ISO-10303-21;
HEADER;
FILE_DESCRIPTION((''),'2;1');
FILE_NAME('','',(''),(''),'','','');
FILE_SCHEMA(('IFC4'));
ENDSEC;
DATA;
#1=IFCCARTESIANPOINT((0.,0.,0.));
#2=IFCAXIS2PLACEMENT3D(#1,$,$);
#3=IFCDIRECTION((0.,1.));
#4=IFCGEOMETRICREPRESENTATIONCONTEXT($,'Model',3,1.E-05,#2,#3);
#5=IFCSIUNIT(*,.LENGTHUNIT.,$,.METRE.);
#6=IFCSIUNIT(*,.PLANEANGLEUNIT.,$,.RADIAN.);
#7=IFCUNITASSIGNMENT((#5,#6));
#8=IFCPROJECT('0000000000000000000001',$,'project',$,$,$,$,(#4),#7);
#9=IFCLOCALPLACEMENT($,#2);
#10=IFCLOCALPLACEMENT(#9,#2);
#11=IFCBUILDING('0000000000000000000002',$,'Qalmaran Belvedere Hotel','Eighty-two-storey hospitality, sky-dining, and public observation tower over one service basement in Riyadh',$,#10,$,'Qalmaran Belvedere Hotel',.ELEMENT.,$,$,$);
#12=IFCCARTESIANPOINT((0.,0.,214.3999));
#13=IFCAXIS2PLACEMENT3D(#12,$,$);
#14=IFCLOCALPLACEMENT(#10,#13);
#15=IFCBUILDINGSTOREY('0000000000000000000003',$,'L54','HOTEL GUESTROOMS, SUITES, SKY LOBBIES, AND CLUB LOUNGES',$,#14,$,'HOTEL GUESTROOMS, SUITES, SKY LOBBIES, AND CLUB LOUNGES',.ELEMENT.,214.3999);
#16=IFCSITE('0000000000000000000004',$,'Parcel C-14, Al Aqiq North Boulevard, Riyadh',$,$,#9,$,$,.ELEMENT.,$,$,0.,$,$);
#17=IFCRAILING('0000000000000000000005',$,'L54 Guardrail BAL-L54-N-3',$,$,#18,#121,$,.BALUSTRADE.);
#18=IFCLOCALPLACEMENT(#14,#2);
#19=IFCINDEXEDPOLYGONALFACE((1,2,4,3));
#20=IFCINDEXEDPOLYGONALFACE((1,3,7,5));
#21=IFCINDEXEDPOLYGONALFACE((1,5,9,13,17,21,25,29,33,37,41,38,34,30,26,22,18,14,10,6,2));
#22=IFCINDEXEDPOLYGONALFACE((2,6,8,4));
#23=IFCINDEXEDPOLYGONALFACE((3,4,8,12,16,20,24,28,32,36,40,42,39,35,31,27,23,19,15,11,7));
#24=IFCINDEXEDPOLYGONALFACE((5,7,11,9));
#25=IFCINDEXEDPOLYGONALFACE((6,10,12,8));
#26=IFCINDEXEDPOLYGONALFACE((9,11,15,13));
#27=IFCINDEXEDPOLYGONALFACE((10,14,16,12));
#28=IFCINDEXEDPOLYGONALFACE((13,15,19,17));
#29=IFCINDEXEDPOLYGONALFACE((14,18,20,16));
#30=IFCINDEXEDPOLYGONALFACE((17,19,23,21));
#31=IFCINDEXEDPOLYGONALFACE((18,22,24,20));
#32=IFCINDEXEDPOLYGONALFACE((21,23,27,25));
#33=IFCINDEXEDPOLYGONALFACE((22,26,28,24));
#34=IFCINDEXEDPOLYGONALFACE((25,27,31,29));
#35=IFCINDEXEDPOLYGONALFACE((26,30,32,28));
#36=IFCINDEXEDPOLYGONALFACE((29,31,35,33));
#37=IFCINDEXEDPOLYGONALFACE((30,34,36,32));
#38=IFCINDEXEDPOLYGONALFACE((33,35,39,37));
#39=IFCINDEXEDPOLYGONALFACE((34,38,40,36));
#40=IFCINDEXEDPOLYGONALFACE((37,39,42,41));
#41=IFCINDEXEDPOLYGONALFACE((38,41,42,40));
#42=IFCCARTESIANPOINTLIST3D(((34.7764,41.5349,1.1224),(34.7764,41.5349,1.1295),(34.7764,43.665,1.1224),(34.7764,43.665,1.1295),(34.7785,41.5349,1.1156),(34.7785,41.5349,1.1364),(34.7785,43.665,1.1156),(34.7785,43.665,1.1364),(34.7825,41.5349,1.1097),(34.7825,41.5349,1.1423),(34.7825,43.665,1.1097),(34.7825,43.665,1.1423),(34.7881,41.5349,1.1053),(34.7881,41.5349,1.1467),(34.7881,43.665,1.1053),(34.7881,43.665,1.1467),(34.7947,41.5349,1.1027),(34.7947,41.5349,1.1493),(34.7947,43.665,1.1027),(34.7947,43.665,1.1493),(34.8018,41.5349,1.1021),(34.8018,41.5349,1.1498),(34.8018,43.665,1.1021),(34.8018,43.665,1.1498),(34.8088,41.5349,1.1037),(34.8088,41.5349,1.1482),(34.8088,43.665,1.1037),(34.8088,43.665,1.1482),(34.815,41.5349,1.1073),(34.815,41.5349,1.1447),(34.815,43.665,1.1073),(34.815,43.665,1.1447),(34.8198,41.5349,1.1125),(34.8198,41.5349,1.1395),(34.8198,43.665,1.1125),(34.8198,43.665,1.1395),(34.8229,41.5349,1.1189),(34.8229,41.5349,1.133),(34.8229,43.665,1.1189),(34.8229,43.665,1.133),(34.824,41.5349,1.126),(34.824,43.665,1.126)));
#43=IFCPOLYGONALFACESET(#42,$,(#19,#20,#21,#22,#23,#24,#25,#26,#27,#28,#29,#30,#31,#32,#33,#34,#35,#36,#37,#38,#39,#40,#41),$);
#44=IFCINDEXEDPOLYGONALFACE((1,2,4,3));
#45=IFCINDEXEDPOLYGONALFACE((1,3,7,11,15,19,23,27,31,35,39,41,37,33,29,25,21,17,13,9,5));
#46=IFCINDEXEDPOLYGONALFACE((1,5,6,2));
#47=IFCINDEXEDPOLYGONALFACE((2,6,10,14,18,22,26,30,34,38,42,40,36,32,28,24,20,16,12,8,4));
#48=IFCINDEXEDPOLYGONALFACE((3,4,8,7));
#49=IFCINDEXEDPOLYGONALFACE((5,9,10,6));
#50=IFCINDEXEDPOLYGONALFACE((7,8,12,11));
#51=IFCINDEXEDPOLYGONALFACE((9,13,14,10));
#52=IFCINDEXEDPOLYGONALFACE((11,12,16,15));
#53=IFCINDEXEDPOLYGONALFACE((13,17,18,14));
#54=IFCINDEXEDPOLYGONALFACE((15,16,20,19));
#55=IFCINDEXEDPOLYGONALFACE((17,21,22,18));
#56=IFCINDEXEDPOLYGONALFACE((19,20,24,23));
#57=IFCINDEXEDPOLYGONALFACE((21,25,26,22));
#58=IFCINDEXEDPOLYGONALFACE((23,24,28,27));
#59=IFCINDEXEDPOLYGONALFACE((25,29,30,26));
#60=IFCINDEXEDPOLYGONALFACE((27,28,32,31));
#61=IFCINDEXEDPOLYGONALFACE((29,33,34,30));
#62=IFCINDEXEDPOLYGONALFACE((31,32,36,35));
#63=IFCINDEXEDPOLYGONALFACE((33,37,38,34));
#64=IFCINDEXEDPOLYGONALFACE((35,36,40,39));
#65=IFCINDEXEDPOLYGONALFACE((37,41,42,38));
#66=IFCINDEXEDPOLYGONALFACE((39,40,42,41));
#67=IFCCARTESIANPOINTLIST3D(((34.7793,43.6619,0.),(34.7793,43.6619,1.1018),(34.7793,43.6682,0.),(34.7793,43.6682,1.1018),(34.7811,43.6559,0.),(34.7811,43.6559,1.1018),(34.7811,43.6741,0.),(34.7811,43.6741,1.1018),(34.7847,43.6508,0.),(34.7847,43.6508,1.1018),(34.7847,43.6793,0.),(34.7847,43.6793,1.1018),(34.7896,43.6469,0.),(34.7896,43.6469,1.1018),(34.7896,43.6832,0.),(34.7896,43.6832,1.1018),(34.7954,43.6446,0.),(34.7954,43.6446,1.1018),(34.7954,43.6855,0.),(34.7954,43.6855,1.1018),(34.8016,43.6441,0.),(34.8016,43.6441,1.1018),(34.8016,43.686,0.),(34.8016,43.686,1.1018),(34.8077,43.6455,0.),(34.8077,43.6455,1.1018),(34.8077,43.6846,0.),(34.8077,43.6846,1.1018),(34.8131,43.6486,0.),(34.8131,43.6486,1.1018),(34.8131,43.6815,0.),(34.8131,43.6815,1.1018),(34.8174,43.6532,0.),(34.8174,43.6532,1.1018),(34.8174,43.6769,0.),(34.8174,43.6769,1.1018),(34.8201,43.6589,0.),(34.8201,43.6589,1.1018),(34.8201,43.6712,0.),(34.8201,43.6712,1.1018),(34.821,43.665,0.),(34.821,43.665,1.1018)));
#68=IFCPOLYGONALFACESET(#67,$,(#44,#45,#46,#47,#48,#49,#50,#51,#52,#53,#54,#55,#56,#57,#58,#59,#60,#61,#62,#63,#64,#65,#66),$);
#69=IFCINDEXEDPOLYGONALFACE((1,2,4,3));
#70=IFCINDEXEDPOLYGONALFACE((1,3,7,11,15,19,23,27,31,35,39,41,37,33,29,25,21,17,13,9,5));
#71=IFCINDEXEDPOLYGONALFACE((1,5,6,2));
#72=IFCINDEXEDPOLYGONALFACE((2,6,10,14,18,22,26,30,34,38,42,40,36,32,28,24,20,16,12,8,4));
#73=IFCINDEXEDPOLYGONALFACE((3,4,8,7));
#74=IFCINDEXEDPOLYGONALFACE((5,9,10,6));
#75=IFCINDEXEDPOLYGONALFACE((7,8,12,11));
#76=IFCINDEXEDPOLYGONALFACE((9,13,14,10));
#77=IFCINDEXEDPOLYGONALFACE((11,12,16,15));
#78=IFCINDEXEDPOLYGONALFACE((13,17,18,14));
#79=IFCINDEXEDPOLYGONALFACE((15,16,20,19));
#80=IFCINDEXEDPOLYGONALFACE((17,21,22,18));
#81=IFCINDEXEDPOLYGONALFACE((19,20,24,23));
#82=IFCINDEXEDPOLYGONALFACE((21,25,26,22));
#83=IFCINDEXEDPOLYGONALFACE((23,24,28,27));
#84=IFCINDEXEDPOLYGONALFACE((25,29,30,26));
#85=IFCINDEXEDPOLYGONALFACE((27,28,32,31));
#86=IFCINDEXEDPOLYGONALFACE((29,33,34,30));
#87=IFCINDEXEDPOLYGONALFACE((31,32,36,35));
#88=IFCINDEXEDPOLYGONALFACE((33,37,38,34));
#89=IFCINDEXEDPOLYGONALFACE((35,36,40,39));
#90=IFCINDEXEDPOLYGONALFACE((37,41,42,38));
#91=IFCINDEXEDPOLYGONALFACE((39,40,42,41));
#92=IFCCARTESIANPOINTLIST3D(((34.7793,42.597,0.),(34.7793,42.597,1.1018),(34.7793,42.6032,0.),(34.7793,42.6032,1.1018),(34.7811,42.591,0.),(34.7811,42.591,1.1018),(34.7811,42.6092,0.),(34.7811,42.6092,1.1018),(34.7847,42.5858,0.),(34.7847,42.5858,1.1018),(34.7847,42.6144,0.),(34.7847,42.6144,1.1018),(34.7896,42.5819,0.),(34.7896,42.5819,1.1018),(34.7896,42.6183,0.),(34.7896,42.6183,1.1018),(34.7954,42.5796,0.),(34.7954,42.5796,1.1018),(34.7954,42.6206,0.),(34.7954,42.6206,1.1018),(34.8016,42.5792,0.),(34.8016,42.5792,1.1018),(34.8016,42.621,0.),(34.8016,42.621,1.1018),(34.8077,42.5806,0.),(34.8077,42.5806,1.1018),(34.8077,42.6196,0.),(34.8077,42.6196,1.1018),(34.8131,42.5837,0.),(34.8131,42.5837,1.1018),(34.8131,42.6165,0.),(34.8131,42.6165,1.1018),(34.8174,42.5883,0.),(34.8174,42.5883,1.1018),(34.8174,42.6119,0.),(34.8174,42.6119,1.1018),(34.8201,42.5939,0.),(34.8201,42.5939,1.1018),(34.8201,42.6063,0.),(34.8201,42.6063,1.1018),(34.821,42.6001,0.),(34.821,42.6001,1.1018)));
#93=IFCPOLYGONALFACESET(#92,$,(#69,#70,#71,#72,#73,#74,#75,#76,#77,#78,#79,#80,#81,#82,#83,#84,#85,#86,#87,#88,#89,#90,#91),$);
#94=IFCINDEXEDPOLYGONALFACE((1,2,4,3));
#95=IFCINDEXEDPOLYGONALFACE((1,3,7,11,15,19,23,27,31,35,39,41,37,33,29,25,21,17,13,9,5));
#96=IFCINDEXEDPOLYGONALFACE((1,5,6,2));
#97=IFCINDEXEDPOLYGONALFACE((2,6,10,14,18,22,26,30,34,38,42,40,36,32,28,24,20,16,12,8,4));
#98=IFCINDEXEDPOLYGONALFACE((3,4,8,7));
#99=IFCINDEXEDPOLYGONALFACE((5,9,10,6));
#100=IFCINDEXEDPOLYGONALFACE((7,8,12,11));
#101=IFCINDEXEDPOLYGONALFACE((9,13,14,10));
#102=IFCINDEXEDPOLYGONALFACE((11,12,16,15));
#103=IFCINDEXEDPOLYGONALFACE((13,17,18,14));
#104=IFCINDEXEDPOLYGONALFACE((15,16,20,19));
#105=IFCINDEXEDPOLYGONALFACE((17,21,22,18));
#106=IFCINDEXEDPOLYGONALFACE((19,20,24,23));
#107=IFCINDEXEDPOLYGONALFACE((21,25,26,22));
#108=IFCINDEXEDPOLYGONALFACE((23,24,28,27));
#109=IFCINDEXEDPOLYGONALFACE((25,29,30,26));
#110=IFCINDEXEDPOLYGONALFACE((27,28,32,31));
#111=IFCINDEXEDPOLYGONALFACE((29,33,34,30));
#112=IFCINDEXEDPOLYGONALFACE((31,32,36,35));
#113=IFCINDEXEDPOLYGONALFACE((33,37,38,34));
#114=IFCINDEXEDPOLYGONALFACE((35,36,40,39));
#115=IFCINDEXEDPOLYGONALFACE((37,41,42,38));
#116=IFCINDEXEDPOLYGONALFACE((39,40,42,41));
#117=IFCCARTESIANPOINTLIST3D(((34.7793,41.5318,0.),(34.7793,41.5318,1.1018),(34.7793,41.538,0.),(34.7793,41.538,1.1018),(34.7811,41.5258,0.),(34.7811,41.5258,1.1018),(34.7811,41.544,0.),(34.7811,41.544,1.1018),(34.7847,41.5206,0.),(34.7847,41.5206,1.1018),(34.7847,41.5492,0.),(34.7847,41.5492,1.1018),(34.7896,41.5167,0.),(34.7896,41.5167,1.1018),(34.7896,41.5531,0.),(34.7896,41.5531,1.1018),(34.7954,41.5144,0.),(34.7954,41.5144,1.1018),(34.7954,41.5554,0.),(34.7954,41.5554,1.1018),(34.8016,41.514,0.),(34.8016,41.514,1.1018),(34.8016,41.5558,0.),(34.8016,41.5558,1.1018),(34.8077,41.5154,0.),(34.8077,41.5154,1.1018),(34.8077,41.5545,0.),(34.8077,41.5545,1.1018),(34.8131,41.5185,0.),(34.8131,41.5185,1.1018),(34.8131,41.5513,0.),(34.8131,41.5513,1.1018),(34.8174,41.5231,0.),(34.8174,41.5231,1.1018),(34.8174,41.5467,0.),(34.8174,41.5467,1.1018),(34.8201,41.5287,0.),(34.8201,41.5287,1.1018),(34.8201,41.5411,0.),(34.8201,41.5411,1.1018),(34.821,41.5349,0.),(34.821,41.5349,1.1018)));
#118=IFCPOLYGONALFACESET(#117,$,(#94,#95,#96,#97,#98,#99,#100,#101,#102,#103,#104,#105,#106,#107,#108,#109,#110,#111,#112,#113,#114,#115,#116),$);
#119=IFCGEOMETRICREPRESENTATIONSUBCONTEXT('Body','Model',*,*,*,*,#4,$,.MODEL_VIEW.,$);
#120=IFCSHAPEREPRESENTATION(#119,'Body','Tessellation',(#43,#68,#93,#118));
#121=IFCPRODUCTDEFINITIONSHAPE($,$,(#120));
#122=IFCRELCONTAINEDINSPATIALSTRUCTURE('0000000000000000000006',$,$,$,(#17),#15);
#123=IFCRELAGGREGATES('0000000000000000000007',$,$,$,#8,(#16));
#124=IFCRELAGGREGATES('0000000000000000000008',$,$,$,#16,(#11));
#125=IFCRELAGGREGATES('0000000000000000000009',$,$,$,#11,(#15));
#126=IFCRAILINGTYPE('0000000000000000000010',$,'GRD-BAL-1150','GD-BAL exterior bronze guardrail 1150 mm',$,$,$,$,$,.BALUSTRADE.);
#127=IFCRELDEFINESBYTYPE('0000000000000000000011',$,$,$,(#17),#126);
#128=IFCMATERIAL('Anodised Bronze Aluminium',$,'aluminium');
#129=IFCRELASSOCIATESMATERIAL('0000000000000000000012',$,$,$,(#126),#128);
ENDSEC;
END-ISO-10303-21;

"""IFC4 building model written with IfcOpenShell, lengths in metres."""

from ifc_helpers import new_model, si_unit, direction, frame, origin, origin_2d, place, context, subcontext, project, spatial, circle, extrude, material, type_object, element, save


model = new_model("IFC4")

# Units and contexts
model_context = context("Model", 3, precision=1e-05, world=origin(), true_north=direction((0.0, 1.0)))
body_context = subcontext(model_context, "Body", "Model", "MODEL_VIEW")
ifc_project = project(units=[si_unit("LENGTHUNIT", "METRE"), si_unit("PLANEANGLEUNIT", "RADIAN")], contexts=[model_context])

# Site, building, storey
site_placement = place(None, origin())
site = spatial("IfcSite", under=ifc_project, at=site_placement, Name="Parcel C-14, Al Aqiq North Boulevard, Riyadh", CompositionType="ELEMENT", RefElevation=0.0)
building_placement = place(site_placement, origin())
building = spatial("IfcBuilding", under=site, at=building_placement, Name="Qalmaran Belvedere Hotel", Description="Eighty-two-storey hospitality, sky-dining, and public observation tower over one service basement in Riyadh", LongName="Qalmaran Belvedere Hotel", CompositionType="ELEMENT")
storey_placement = place(building_placement, frame((0.0, 0.0, 214.3999)))
storey = spatial("IfcBuildingStorey", under=building, at=storey_placement, Name="L54", Description="HOTEL GUESTROOMS, SUITES, SKY LOBBIES, AND CLUB LOUNGES", LongName="HOTEL GUESTROOMS, SUITES, SKY LOBBIES, AND CLUB LOUNGES", CompositionType="ELEMENT", Elevation=214.3999)

# Shared definitions
ifc_material_1 = material(Name="Anodised Bronze Aluminium", Category="aluminium")

# Railing
railing_type = type_object("IfcRailingType", Name="GRD-BAL-1150", Description="GD-BAL exterior bronze guardrail 1150 mm", PredefinedType="BALUSTRADE", material=ifc_material_1)
railing_1_placement = place(storey_placement, frame((34.8, 43.665, 0.0)))
element("IfcRailing", 1, at=railing_1_placement, inside=storey, type_object=railing_type, Name="L54 Guardrail BAL-L54-N-3", PredefinedType="BALUSTRADE", context=body_context, shape_type="SweptSolid", body=[
    extrude(circle(Radius=0.0239, at=origin_2d()), frame((0.0, 0.0, 1.126), z_axis=(0.0, -1.0, 0.0), x_axis=(1.0, 0.0, 0.0)), (0.0, 0.0, 1.0), 2.1301),
    extrude(circle(Radius=0.021, at=origin_2d()), origin(), (0.0, 0.0, 1.0), 1.1018),
    extrude(circle(Radius=0.021, at=origin_2d()), frame((0.0, -1.0649, 0.0)), (0.0, 0.0, 1.0), 1.1018),
    extrude(circle(Radius=0.021, at=origin_2d()), frame((0.0, -2.1301, 0.0)), (0.0, 0.0, 1.0), 1.1018),
])

save(model, "model.ifc")
